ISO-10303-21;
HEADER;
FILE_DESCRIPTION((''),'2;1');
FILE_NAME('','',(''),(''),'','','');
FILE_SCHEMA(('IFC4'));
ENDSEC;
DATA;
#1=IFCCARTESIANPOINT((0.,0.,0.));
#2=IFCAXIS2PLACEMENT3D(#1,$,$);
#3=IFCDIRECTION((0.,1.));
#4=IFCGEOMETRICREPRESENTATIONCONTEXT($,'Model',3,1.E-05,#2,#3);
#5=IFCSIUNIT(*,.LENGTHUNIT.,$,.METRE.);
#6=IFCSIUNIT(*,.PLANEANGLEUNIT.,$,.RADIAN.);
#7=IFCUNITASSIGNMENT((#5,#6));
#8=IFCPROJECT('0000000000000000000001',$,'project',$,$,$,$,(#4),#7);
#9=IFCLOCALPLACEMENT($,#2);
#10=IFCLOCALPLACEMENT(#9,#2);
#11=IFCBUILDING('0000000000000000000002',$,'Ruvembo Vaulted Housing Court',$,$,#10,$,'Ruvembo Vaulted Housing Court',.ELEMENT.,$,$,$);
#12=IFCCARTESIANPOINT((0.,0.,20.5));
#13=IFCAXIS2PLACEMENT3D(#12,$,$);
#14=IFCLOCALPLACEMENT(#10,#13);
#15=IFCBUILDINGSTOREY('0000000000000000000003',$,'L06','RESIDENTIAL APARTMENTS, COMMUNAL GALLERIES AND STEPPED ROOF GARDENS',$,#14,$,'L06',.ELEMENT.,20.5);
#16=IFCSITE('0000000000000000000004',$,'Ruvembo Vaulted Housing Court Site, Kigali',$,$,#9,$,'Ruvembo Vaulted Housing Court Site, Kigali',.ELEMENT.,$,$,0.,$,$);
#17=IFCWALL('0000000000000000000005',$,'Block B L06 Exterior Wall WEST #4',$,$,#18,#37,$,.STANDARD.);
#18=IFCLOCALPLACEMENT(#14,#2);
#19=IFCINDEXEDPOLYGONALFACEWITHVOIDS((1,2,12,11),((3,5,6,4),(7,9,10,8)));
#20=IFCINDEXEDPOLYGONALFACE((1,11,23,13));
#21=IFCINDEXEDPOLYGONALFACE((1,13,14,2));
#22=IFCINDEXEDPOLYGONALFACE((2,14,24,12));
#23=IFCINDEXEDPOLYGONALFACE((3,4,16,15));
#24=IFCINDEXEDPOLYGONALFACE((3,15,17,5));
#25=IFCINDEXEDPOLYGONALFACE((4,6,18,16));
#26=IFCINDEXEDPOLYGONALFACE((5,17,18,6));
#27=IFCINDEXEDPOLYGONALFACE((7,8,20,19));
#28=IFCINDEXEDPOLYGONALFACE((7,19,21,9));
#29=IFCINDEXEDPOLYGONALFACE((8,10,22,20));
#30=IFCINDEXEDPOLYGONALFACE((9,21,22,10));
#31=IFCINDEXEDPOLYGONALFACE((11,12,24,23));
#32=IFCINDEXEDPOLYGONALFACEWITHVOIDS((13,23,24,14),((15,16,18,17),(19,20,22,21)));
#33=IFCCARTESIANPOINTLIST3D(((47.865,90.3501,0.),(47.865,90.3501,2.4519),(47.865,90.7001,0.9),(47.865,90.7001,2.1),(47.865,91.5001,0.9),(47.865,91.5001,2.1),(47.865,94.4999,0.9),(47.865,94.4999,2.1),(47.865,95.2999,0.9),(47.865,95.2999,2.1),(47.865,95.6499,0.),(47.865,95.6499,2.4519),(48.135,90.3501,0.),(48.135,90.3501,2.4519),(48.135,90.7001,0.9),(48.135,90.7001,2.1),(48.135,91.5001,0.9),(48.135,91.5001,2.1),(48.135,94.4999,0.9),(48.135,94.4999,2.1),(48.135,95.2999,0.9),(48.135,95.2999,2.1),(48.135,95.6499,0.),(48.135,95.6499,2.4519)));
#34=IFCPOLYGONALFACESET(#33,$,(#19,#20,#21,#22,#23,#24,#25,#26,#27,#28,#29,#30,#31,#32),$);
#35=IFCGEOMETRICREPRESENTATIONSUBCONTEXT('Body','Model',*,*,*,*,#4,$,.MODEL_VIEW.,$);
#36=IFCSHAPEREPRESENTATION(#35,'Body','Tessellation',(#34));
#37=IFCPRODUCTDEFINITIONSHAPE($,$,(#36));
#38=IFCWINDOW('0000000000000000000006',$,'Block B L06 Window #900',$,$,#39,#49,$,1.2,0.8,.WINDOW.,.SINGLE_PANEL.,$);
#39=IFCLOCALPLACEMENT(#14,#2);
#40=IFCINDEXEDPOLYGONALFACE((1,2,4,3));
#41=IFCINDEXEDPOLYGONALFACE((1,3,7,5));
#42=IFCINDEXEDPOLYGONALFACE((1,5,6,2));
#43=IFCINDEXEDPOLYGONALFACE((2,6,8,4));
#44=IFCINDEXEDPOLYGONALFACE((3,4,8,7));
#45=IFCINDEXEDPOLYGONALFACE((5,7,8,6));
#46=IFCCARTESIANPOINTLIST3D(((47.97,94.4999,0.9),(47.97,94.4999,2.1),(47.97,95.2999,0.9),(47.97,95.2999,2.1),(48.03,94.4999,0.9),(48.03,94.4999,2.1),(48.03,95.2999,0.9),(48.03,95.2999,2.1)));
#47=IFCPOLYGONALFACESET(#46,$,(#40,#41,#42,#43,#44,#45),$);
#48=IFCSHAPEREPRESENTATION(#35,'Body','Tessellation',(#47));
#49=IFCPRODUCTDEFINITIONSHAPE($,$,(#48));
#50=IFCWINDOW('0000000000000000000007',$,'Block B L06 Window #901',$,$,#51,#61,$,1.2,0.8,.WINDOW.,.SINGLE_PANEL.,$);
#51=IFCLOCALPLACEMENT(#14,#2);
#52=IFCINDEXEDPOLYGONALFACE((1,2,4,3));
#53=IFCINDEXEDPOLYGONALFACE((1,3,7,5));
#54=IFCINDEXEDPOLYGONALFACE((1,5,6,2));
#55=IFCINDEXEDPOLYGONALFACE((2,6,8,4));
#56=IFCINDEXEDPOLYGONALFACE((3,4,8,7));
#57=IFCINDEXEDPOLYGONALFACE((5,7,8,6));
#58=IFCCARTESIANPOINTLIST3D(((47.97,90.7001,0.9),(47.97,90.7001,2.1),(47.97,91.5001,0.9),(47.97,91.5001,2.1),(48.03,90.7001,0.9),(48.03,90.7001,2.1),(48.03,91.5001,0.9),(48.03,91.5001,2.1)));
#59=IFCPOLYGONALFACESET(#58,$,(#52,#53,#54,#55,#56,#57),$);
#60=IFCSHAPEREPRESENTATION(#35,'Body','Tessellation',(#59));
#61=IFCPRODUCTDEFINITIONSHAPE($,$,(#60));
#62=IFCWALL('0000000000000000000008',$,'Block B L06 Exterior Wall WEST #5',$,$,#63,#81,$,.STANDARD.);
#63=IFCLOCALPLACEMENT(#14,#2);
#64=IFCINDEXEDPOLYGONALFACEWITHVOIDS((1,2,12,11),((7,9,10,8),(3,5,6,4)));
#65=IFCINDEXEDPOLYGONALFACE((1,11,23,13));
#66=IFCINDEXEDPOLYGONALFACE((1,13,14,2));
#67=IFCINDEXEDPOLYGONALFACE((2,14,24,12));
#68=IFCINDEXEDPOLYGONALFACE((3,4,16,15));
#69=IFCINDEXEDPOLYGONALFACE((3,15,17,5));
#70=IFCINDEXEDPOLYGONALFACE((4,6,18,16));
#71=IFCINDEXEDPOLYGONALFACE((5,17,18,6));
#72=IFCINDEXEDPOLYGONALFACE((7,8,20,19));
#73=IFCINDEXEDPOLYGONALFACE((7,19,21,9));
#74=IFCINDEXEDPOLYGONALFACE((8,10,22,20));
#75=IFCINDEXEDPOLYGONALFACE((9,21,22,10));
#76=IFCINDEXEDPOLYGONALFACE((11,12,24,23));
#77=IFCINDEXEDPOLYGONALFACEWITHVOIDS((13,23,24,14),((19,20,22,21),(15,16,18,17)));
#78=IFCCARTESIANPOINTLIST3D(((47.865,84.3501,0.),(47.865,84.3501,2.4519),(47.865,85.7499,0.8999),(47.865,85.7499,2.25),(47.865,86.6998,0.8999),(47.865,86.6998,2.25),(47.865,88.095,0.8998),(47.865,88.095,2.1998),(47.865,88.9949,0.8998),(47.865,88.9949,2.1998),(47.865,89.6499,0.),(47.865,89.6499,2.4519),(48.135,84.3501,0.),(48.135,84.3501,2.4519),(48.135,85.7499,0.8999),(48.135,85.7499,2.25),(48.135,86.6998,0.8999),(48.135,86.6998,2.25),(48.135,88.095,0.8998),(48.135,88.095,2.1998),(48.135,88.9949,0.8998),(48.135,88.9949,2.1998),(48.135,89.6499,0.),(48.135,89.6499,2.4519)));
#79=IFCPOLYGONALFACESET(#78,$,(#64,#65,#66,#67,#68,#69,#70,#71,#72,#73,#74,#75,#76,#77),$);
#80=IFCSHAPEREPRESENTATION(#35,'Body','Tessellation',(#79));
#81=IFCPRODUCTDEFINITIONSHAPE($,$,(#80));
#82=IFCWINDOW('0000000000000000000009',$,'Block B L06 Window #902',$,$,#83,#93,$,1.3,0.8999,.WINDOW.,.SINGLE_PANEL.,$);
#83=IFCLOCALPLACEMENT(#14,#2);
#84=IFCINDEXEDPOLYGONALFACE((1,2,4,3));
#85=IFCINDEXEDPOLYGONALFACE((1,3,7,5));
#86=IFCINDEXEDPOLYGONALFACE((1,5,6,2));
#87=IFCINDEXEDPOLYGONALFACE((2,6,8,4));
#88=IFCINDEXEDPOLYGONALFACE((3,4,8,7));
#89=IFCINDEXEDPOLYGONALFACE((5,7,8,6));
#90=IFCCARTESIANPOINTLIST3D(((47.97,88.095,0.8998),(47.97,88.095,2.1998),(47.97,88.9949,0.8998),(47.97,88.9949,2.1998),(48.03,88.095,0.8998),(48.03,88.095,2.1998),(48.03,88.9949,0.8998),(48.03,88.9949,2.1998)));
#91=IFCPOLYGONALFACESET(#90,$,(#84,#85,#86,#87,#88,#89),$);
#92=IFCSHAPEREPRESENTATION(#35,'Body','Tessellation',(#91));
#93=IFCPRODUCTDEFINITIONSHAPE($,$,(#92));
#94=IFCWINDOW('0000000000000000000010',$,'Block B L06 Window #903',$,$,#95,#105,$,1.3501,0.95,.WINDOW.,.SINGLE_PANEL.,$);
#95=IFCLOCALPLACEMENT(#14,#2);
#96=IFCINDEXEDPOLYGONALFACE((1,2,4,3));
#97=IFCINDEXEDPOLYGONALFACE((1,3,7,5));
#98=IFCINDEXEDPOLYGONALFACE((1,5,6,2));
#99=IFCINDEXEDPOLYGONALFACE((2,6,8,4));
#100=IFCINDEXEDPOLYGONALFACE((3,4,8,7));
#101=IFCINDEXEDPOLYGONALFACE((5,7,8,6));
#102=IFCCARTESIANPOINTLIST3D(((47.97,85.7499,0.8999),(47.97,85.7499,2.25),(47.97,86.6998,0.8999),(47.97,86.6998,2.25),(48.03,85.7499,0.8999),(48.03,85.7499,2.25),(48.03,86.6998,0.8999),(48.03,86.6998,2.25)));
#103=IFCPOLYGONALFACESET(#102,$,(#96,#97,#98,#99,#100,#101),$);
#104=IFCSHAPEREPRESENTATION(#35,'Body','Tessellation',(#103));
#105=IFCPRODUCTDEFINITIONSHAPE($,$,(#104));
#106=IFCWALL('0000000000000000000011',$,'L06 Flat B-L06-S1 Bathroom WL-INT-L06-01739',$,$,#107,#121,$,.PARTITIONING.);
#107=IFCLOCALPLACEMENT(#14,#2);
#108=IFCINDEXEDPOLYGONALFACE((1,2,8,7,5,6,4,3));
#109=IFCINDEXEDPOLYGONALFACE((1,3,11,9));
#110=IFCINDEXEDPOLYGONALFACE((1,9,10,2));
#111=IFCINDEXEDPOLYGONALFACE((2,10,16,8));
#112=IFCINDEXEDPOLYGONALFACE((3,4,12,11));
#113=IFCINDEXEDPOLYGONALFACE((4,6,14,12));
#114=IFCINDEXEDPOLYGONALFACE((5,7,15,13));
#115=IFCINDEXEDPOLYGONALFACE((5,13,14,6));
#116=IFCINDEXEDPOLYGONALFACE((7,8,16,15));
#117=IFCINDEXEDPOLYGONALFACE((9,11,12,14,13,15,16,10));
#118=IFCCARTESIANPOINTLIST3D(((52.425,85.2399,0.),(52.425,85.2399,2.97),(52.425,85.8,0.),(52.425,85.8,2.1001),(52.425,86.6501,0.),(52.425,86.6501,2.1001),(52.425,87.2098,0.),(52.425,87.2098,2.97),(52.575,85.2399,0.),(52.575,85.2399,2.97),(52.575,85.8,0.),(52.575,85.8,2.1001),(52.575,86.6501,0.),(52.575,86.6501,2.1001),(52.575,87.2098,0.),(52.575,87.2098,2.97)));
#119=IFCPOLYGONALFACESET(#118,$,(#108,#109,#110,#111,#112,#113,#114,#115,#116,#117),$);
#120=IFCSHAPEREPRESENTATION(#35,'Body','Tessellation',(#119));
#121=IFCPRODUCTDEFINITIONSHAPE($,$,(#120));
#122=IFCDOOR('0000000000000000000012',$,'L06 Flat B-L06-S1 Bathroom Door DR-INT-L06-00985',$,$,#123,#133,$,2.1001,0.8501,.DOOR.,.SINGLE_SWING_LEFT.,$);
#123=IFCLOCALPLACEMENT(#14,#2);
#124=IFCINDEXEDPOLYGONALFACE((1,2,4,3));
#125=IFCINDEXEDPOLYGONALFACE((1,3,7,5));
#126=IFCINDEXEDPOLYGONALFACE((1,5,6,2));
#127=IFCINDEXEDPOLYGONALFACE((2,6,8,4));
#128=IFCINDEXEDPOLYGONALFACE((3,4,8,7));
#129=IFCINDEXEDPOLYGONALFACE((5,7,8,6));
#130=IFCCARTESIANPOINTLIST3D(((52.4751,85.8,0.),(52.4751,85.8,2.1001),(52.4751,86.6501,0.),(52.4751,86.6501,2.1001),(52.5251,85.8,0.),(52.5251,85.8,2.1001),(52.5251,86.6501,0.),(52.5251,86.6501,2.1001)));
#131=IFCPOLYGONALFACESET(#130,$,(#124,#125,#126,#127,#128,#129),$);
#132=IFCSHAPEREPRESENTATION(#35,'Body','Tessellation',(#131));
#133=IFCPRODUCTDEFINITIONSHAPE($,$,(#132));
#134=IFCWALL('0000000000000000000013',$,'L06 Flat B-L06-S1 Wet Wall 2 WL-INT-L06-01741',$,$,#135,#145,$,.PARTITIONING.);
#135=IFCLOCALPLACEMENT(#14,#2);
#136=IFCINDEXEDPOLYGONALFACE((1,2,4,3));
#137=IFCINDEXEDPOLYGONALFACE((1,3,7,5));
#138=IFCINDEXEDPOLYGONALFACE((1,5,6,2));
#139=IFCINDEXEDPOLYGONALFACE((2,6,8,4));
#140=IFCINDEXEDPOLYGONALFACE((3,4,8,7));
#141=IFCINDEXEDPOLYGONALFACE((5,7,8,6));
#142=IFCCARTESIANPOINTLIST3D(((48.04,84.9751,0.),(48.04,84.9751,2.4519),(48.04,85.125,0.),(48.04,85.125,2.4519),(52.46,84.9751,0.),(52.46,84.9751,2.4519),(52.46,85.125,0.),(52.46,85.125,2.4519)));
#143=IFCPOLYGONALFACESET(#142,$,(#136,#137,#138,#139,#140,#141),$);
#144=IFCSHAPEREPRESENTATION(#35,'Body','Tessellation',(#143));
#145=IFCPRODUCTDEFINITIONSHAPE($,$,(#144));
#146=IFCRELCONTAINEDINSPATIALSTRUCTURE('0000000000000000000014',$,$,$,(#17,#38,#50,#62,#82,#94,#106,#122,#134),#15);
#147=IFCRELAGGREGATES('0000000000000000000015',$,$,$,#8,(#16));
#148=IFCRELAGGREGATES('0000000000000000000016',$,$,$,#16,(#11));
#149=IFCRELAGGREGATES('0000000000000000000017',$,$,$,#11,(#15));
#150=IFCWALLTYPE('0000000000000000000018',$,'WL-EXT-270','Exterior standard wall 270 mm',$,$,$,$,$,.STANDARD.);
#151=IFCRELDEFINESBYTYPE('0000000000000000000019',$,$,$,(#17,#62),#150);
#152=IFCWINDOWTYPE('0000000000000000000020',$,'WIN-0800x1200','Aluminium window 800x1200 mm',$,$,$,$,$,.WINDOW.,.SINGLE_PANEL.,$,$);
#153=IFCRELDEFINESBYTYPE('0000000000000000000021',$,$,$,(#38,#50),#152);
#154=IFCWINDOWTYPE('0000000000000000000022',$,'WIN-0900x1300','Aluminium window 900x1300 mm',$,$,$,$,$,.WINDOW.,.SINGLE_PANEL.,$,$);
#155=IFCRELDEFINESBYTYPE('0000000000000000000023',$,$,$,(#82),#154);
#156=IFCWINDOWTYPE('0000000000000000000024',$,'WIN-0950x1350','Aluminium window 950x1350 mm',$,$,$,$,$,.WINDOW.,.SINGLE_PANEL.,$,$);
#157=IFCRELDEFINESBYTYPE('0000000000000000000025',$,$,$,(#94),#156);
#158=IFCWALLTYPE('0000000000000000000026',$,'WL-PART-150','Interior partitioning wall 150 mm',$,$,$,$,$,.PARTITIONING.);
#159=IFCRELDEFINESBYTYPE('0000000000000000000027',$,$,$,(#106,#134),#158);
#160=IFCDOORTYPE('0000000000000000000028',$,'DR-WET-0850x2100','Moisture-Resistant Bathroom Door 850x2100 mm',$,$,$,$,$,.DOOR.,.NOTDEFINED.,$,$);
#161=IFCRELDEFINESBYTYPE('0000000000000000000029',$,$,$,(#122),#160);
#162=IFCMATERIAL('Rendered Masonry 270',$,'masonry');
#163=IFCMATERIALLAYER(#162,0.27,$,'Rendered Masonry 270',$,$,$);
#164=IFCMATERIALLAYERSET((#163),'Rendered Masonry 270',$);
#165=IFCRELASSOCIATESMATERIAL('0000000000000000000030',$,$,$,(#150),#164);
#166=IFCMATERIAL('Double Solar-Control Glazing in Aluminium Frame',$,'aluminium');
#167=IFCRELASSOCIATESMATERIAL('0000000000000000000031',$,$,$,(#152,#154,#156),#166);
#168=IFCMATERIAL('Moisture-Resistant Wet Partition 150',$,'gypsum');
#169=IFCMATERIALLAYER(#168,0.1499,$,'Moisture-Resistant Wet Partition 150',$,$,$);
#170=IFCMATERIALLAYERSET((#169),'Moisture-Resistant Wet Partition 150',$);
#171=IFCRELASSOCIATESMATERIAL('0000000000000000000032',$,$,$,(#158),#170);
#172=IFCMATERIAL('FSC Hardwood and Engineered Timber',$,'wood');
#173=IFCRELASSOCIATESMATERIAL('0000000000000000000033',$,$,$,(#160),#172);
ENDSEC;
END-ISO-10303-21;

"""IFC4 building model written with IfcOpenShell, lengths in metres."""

from ifc_helpers import new_model, si_unit, direction, frame, frame_2d, origin, place, context, subcontext, project, spatial, rectangle, extrude, material, layer, layer_set, type_object, element, fill, save


model = new_model("IFC4")

# Units and contexts
model_context = context("Model", 3, precision=1e-05, world=origin(), true_north=direction((0.0, 1.0)))
body_context = subcontext(model_context, "Body", "Model", "MODEL_VIEW")
ifc_project = project(units=[si_unit("LENGTHUNIT", "METRE"), si_unit("PLANEANGLEUNIT", "RADIAN")], contexts=[model_context])

# Site, building, storey
site_placement = place(None, origin())
site = spatial("IfcSite", under=ifc_project, at=site_placement, Name="Ruvembo Vaulted Housing Court Site, Kigali", LongName="Ruvembo Vaulted Housing Court Site, Kigali", CompositionType="ELEMENT", RefElevation=0.0)
building_placement = place(site_placement, origin())
building = spatial("IfcBuilding", under=site, at=building_placement, Name="Ruvembo Vaulted Housing Court", LongName="Ruvembo Vaulted Housing Court", CompositionType="ELEMENT")
storey_placement = place(building_placement, frame((0.0, 0.0, 20.5)))
storey = spatial("IfcBuildingStorey", under=building, at=storey_placement, Name="L06", Description="RESIDENTIAL APARTMENTS, COMMUNAL GALLERIES AND STEPPED ROOF GARDENS", LongName="L06", CompositionType="ELEMENT", Elevation=20.5)

# Shared definitions
ifc_material_1 = material(Name="FSC Hardwood and Engineered Timber", Category="wood")

# Walls, openings, windows
ifc_material_2 = material(Name="Rendered Masonry 270", Category="masonry")
ifc_layer_1 = layer(ifc_material_2, 0.27, Name="Rendered Masonry 270")
ifc_layer_set_1 = layer_set([ifc_layer_1], Name="Rendered Masonry 270")
wall_type_1 = type_object("IfcWallType", Name="WL-EXT-270", Description="Exterior standard wall 270 mm", PredefinedType="STANDARD", material=ifc_layer_set_1)
wall_1_placement = place(storey_placement, frame((48.0, 95.6499, 0.0), z_axis=(0.0, 0.0, 1.0), x_axis=(0.0, -1.0, 0.0)))
wall_1 = element("IfcWall", 1, at=wall_1_placement, inside=storey, type_object=wall_type_1, Name="Block B L06 Exterior Wall WEST #4", PredefinedType="STANDARD", context=body_context, shape_type="SweptSolid", body=[
    extrude(rectangle(XDim=5.2998, YDim=0.27, at=frame_2d((2.6499, 0.0))), origin(), (0.0, 0.0, 1.0), 2.4519),
])
opening_1_placement = place(wall_1_placement, frame((0.3501, 0.0, 0.8999)))
opening_1 = element("IfcOpeningElement", 2, at=opening_1_placement, cuts=wall_1, PredefinedType="OPENING", context=body_context, shape_type="SweptSolid", body=[
    extrude(rectangle(XDim=0.8, YDim=1.2, at=frame_2d((0.3999, 0.6001))), frame((0.0, 0.145, 0.0), z_axis=(0.0, -1.0, 0.0), x_axis=(1.0, 0.0, 0.0)), (0.0, 0.0, 1.0), 0.29),
])
opening_2_placement = place(wall_1_placement, frame((4.1499, 0.0, 0.8999)))
opening_2 = element("IfcOpeningElement", 3, at=opening_2_placement, cuts=wall_1, PredefinedType="OPENING", context=body_context, shape_type="SweptSolid", body=[
    extrude(rectangle(XDim=0.8, YDim=1.2, at=frame_2d((0.3999, 0.6001))), frame((0.0, 0.145, 0.0), z_axis=(0.0, -1.0, 0.0), x_axis=(1.0, 0.0, 0.0)), (0.0, 0.0, 1.0), 0.29),
])
ifc_material_3 = material(Name="Double Solar-Control Glazing in Aluminium Frame", Category="aluminium")
window_type_1 = type_object("IfcWindowType", Name="WIN-0800x1200", Description="Aluminium window 800x1200 mm", PartitioningType="SINGLE_PANEL", PredefinedType="WINDOW", material=ifc_material_3)
window_1_placement = place(opening_1_placement, origin())
window_1 = element("IfcWindow", 4, at=window_1_placement, inside=storey, type_object=window_type_1, Name="Block B L06 Window #900", OverallHeight=1.2, OverallWidth=0.8, PartitioningType="SINGLE_PANEL", PredefinedType="WINDOW", context=body_context, shape_type="SweptSolid", body=[
    extrude(rectangle(XDim=0.8, YDim=1.2, at=frame_2d((0.3999, 0.6001))), frame((0.0, 0.03, 0.0), z_axis=(0.0, -1.0, 0.0), x_axis=(1.0, 0.0, 0.0)), (0.0, 0.0, 1.0), 0.0601),
])
fill(opening_1, window_1)
window_2_placement = place(opening_2_placement, origin())
window_2 = element("IfcWindow", 5, at=window_2_placement, inside=storey, type_object=window_type_1, Name="Block B L06 Window #901", OverallHeight=1.2, OverallWidth=0.8, PartitioningType="SINGLE_PANEL", PredefinedType="WINDOW", context=body_context, shape_type="SweptSolid", body=[
    extrude(rectangle(XDim=0.8, YDim=1.2, at=frame_2d((0.3999, 0.6001))), frame((0.0, 0.03, 0.0), z_axis=(0.0, -1.0, 0.0), x_axis=(1.0, 0.0, 0.0)), (0.0, 0.0, 1.0), 0.0601),
])
fill(opening_2, window_2)
wall_2_placement = place(storey_placement, frame((48.0, 89.6499, 0.0), z_axis=(0.0, 0.0, 1.0), x_axis=(0.0, -1.0, 0.0)))
wall_2 = element("IfcWall", 6, at=wall_2_placement, inside=storey, type_object=wall_type_1, Name="Block B L06 Exterior Wall WEST #5", PredefinedType="STANDARD", context=body_context, shape_type="SweptSolid", body=[
    extrude(rectangle(XDim=5.2998, YDim=0.27, at=frame_2d((2.6499, 0.0))), origin(), (0.0, 0.0, 1.0), 2.4519),
])
opening_3_placement = place(wall_2_placement, frame((0.655, 0.0, 0.8999)))
opening_3 = element("IfcOpeningElement", 7, at=opening_3_placement, cuts=wall_2, PredefinedType="OPENING", context=body_context, shape_type="SweptSolid", body=[
    extrude(rectangle(XDim=0.8999, YDim=1.3, at=frame_2d((0.45, 0.6499))), frame((0.0, 0.145, 0.0), z_axis=(0.0, -1.0, 0.0), x_axis=(1.0, 0.0, 0.0)), (0.0, 0.0, 1.0), 0.29),
])
opening_4_placement = place(wall_2_placement, frame((2.95, 0.0, 0.8999)))
opening_4 = element("IfcOpeningElement", 8, at=opening_4_placement, cuts=wall_2, PredefinedType="OPENING", context=body_context, shape_type="SweptSolid", body=[
    extrude(rectangle(XDim=0.95, YDim=1.3501, at=frame_2d((0.4751, 0.675))), frame((0.0, 0.145, 0.0), z_axis=(0.0, -1.0, 0.0), x_axis=(1.0, 0.0, 0.0)), (0.0, 0.0, 1.0), 0.29),
])
window_type_2 = type_object("IfcWindowType", Name="WIN-0900x1300", Description="Aluminium window 900x1300 mm", PartitioningType="SINGLE_PANEL", PredefinedType="WINDOW", material=ifc_material_3)
window_3_placement = place(opening_3_placement, origin())
window_3 = element("IfcWindow", 9, at=window_3_placement, inside=storey, type_object=window_type_2, Name="Block B L06 Window #902", OverallHeight=1.3, OverallWidth=0.8999, PartitioningType="SINGLE_PANEL", PredefinedType="WINDOW", context=body_context, shape_type="SweptSolid", body=[
    extrude(rectangle(XDim=0.8999, YDim=1.3, at=frame_2d((0.45, 0.6499))), frame((0.0, 0.03, 0.0), z_axis=(0.0, -1.0, 0.0), x_axis=(1.0, 0.0, 0.0)), (0.0, 0.0, 1.0), 0.0601),
])
fill(opening_3, window_3)
window_type_3 = type_object("IfcWindowType", Name="WIN-0950x1350", Description="Aluminium window 950x1350 mm", PartitioningType="SINGLE_PANEL", PredefinedType="WINDOW", material=ifc_material_3)
window_4_placement = place(opening_4_placement, origin())
window_4 = element("IfcWindow", 10, at=window_4_placement, inside=storey, type_object=window_type_3, Name="Block B L06 Window #903", OverallHeight=1.3501, OverallWidth=0.95, PartitioningType="SINGLE_PANEL", PredefinedType="WINDOW", context=body_context, shape_type="SweptSolid", body=[
    extrude(rectangle(XDim=0.95, YDim=1.3501, at=frame_2d((0.4751, 0.675))), frame((0.0, 0.03, 0.0), z_axis=(0.0, -1.0, 0.0), x_axis=(1.0, 0.0, 0.0)), (0.0, 0.0, 1.0), 0.0601),
])
fill(opening_4, window_4)

# Wall, opening, door
ifc_material_4 = material(Name="Moisture-Resistant Wet Partition 150", Category="gypsum")
ifc_layer_2 = layer(ifc_material_4, 0.1499, Name="Moisture-Resistant Wet Partition 150")
ifc_layer_set_2 = layer_set([ifc_layer_2], Name="Moisture-Resistant Wet Partition 150")
wall_type_2 = type_object("IfcWallType", Name="WL-PART-150", Description="Interior partitioning wall 150 mm", PredefinedType="PARTITIONING", material=ifc_layer_set_2)
wall_3_placement = place(storey_placement, frame((52.5, 85.24, 0.0), z_axis=(0.0, 0.0, 1.0), x_axis=(0.0, 1.0, 0.0)))
wall_3 = element("IfcWall", 11, at=wall_3_placement, inside=storey, type_object=wall_type_2, Name="L06 Flat B-L06-S1 Bathroom WL-INT-L06-01739", PredefinedType="PARTITIONING", context=body_context, shape_type="SweptSolid", body=[
    extrude(rectangle(XDim=1.97, YDim=0.1499, at=frame_2d((0.9849, 0.0))), origin(), (0.0, 0.0, 1.0), 2.97),
])
opening_5_placement = place(wall_3_placement, frame((0.5601, 0.0, 0.0)))
opening_5 = element("IfcOpeningElement", 12, at=opening_5_placement, cuts=wall_3, PredefinedType="OPENING", context=body_context, shape_type="SweptSolid", body=[
    extrude(rectangle(XDim=0.8501, YDim=2.1001, at=frame_2d((0.425, 1.05))), frame((0.0, 0.085, 0.0), z_axis=(0.0, -1.0, 0.0), x_axis=(1.0, 0.0, 0.0)), (0.0, 0.0, 1.0), 0.1699),
])
door_type_1 = type_object("IfcDoorType", Name="DR-WET-0850x2100", Description="Moisture-Resistant Bathroom Door 850x2100 mm", OperationType="NOTDEFINED", PredefinedType="DOOR", material=ifc_material_1)
door_1_placement = place(opening_5_placement, origin())
door_1 = element("IfcDoor", 13, at=door_1_placement, inside=storey, type_object=door_type_1, Name="L06 Flat B-L06-S1 Bathroom Door DR-INT-L06-00985", OperationType="SINGLE_SWING_LEFT", OverallHeight=2.1001, OverallWidth=0.8501, PredefinedType="DOOR", context=body_context, shape_type="SweptSolid", body=[
    extrude(rectangle(XDim=0.8501, YDim=2.1001, at=frame_2d((0.425, 1.05))), frame((0.0, 0.0249, 0.0), z_axis=(0.0, -1.0, 0.0), x_axis=(1.0, 0.0, 0.0)), (0.0, 0.0, 1.0), 0.05),
])
fill(opening_5, door_1)

# Wall
wall_4_placement = place(storey_placement, frame((48.04, 85.05, 0.0), z_axis=(0.0, 0.0, 1.0), x_axis=(1.0, 0.0, 0.0)))
element("IfcWall", 14, at=wall_4_placement, inside=storey, type_object=wall_type_2, Name="L06 Flat B-L06-S1 Wet Wall 2 WL-INT-L06-01741", PredefinedType="PARTITIONING", context=body_context, shape_type="SweptSolid", body=[
    extrude(rectangle(XDim=4.4199, YDim=0.1499, at=frame_2d((2.21, 0.0))), origin(), (0.0, 0.0, 1.0), 2.4519),
])

save(model, "model.ifc")
